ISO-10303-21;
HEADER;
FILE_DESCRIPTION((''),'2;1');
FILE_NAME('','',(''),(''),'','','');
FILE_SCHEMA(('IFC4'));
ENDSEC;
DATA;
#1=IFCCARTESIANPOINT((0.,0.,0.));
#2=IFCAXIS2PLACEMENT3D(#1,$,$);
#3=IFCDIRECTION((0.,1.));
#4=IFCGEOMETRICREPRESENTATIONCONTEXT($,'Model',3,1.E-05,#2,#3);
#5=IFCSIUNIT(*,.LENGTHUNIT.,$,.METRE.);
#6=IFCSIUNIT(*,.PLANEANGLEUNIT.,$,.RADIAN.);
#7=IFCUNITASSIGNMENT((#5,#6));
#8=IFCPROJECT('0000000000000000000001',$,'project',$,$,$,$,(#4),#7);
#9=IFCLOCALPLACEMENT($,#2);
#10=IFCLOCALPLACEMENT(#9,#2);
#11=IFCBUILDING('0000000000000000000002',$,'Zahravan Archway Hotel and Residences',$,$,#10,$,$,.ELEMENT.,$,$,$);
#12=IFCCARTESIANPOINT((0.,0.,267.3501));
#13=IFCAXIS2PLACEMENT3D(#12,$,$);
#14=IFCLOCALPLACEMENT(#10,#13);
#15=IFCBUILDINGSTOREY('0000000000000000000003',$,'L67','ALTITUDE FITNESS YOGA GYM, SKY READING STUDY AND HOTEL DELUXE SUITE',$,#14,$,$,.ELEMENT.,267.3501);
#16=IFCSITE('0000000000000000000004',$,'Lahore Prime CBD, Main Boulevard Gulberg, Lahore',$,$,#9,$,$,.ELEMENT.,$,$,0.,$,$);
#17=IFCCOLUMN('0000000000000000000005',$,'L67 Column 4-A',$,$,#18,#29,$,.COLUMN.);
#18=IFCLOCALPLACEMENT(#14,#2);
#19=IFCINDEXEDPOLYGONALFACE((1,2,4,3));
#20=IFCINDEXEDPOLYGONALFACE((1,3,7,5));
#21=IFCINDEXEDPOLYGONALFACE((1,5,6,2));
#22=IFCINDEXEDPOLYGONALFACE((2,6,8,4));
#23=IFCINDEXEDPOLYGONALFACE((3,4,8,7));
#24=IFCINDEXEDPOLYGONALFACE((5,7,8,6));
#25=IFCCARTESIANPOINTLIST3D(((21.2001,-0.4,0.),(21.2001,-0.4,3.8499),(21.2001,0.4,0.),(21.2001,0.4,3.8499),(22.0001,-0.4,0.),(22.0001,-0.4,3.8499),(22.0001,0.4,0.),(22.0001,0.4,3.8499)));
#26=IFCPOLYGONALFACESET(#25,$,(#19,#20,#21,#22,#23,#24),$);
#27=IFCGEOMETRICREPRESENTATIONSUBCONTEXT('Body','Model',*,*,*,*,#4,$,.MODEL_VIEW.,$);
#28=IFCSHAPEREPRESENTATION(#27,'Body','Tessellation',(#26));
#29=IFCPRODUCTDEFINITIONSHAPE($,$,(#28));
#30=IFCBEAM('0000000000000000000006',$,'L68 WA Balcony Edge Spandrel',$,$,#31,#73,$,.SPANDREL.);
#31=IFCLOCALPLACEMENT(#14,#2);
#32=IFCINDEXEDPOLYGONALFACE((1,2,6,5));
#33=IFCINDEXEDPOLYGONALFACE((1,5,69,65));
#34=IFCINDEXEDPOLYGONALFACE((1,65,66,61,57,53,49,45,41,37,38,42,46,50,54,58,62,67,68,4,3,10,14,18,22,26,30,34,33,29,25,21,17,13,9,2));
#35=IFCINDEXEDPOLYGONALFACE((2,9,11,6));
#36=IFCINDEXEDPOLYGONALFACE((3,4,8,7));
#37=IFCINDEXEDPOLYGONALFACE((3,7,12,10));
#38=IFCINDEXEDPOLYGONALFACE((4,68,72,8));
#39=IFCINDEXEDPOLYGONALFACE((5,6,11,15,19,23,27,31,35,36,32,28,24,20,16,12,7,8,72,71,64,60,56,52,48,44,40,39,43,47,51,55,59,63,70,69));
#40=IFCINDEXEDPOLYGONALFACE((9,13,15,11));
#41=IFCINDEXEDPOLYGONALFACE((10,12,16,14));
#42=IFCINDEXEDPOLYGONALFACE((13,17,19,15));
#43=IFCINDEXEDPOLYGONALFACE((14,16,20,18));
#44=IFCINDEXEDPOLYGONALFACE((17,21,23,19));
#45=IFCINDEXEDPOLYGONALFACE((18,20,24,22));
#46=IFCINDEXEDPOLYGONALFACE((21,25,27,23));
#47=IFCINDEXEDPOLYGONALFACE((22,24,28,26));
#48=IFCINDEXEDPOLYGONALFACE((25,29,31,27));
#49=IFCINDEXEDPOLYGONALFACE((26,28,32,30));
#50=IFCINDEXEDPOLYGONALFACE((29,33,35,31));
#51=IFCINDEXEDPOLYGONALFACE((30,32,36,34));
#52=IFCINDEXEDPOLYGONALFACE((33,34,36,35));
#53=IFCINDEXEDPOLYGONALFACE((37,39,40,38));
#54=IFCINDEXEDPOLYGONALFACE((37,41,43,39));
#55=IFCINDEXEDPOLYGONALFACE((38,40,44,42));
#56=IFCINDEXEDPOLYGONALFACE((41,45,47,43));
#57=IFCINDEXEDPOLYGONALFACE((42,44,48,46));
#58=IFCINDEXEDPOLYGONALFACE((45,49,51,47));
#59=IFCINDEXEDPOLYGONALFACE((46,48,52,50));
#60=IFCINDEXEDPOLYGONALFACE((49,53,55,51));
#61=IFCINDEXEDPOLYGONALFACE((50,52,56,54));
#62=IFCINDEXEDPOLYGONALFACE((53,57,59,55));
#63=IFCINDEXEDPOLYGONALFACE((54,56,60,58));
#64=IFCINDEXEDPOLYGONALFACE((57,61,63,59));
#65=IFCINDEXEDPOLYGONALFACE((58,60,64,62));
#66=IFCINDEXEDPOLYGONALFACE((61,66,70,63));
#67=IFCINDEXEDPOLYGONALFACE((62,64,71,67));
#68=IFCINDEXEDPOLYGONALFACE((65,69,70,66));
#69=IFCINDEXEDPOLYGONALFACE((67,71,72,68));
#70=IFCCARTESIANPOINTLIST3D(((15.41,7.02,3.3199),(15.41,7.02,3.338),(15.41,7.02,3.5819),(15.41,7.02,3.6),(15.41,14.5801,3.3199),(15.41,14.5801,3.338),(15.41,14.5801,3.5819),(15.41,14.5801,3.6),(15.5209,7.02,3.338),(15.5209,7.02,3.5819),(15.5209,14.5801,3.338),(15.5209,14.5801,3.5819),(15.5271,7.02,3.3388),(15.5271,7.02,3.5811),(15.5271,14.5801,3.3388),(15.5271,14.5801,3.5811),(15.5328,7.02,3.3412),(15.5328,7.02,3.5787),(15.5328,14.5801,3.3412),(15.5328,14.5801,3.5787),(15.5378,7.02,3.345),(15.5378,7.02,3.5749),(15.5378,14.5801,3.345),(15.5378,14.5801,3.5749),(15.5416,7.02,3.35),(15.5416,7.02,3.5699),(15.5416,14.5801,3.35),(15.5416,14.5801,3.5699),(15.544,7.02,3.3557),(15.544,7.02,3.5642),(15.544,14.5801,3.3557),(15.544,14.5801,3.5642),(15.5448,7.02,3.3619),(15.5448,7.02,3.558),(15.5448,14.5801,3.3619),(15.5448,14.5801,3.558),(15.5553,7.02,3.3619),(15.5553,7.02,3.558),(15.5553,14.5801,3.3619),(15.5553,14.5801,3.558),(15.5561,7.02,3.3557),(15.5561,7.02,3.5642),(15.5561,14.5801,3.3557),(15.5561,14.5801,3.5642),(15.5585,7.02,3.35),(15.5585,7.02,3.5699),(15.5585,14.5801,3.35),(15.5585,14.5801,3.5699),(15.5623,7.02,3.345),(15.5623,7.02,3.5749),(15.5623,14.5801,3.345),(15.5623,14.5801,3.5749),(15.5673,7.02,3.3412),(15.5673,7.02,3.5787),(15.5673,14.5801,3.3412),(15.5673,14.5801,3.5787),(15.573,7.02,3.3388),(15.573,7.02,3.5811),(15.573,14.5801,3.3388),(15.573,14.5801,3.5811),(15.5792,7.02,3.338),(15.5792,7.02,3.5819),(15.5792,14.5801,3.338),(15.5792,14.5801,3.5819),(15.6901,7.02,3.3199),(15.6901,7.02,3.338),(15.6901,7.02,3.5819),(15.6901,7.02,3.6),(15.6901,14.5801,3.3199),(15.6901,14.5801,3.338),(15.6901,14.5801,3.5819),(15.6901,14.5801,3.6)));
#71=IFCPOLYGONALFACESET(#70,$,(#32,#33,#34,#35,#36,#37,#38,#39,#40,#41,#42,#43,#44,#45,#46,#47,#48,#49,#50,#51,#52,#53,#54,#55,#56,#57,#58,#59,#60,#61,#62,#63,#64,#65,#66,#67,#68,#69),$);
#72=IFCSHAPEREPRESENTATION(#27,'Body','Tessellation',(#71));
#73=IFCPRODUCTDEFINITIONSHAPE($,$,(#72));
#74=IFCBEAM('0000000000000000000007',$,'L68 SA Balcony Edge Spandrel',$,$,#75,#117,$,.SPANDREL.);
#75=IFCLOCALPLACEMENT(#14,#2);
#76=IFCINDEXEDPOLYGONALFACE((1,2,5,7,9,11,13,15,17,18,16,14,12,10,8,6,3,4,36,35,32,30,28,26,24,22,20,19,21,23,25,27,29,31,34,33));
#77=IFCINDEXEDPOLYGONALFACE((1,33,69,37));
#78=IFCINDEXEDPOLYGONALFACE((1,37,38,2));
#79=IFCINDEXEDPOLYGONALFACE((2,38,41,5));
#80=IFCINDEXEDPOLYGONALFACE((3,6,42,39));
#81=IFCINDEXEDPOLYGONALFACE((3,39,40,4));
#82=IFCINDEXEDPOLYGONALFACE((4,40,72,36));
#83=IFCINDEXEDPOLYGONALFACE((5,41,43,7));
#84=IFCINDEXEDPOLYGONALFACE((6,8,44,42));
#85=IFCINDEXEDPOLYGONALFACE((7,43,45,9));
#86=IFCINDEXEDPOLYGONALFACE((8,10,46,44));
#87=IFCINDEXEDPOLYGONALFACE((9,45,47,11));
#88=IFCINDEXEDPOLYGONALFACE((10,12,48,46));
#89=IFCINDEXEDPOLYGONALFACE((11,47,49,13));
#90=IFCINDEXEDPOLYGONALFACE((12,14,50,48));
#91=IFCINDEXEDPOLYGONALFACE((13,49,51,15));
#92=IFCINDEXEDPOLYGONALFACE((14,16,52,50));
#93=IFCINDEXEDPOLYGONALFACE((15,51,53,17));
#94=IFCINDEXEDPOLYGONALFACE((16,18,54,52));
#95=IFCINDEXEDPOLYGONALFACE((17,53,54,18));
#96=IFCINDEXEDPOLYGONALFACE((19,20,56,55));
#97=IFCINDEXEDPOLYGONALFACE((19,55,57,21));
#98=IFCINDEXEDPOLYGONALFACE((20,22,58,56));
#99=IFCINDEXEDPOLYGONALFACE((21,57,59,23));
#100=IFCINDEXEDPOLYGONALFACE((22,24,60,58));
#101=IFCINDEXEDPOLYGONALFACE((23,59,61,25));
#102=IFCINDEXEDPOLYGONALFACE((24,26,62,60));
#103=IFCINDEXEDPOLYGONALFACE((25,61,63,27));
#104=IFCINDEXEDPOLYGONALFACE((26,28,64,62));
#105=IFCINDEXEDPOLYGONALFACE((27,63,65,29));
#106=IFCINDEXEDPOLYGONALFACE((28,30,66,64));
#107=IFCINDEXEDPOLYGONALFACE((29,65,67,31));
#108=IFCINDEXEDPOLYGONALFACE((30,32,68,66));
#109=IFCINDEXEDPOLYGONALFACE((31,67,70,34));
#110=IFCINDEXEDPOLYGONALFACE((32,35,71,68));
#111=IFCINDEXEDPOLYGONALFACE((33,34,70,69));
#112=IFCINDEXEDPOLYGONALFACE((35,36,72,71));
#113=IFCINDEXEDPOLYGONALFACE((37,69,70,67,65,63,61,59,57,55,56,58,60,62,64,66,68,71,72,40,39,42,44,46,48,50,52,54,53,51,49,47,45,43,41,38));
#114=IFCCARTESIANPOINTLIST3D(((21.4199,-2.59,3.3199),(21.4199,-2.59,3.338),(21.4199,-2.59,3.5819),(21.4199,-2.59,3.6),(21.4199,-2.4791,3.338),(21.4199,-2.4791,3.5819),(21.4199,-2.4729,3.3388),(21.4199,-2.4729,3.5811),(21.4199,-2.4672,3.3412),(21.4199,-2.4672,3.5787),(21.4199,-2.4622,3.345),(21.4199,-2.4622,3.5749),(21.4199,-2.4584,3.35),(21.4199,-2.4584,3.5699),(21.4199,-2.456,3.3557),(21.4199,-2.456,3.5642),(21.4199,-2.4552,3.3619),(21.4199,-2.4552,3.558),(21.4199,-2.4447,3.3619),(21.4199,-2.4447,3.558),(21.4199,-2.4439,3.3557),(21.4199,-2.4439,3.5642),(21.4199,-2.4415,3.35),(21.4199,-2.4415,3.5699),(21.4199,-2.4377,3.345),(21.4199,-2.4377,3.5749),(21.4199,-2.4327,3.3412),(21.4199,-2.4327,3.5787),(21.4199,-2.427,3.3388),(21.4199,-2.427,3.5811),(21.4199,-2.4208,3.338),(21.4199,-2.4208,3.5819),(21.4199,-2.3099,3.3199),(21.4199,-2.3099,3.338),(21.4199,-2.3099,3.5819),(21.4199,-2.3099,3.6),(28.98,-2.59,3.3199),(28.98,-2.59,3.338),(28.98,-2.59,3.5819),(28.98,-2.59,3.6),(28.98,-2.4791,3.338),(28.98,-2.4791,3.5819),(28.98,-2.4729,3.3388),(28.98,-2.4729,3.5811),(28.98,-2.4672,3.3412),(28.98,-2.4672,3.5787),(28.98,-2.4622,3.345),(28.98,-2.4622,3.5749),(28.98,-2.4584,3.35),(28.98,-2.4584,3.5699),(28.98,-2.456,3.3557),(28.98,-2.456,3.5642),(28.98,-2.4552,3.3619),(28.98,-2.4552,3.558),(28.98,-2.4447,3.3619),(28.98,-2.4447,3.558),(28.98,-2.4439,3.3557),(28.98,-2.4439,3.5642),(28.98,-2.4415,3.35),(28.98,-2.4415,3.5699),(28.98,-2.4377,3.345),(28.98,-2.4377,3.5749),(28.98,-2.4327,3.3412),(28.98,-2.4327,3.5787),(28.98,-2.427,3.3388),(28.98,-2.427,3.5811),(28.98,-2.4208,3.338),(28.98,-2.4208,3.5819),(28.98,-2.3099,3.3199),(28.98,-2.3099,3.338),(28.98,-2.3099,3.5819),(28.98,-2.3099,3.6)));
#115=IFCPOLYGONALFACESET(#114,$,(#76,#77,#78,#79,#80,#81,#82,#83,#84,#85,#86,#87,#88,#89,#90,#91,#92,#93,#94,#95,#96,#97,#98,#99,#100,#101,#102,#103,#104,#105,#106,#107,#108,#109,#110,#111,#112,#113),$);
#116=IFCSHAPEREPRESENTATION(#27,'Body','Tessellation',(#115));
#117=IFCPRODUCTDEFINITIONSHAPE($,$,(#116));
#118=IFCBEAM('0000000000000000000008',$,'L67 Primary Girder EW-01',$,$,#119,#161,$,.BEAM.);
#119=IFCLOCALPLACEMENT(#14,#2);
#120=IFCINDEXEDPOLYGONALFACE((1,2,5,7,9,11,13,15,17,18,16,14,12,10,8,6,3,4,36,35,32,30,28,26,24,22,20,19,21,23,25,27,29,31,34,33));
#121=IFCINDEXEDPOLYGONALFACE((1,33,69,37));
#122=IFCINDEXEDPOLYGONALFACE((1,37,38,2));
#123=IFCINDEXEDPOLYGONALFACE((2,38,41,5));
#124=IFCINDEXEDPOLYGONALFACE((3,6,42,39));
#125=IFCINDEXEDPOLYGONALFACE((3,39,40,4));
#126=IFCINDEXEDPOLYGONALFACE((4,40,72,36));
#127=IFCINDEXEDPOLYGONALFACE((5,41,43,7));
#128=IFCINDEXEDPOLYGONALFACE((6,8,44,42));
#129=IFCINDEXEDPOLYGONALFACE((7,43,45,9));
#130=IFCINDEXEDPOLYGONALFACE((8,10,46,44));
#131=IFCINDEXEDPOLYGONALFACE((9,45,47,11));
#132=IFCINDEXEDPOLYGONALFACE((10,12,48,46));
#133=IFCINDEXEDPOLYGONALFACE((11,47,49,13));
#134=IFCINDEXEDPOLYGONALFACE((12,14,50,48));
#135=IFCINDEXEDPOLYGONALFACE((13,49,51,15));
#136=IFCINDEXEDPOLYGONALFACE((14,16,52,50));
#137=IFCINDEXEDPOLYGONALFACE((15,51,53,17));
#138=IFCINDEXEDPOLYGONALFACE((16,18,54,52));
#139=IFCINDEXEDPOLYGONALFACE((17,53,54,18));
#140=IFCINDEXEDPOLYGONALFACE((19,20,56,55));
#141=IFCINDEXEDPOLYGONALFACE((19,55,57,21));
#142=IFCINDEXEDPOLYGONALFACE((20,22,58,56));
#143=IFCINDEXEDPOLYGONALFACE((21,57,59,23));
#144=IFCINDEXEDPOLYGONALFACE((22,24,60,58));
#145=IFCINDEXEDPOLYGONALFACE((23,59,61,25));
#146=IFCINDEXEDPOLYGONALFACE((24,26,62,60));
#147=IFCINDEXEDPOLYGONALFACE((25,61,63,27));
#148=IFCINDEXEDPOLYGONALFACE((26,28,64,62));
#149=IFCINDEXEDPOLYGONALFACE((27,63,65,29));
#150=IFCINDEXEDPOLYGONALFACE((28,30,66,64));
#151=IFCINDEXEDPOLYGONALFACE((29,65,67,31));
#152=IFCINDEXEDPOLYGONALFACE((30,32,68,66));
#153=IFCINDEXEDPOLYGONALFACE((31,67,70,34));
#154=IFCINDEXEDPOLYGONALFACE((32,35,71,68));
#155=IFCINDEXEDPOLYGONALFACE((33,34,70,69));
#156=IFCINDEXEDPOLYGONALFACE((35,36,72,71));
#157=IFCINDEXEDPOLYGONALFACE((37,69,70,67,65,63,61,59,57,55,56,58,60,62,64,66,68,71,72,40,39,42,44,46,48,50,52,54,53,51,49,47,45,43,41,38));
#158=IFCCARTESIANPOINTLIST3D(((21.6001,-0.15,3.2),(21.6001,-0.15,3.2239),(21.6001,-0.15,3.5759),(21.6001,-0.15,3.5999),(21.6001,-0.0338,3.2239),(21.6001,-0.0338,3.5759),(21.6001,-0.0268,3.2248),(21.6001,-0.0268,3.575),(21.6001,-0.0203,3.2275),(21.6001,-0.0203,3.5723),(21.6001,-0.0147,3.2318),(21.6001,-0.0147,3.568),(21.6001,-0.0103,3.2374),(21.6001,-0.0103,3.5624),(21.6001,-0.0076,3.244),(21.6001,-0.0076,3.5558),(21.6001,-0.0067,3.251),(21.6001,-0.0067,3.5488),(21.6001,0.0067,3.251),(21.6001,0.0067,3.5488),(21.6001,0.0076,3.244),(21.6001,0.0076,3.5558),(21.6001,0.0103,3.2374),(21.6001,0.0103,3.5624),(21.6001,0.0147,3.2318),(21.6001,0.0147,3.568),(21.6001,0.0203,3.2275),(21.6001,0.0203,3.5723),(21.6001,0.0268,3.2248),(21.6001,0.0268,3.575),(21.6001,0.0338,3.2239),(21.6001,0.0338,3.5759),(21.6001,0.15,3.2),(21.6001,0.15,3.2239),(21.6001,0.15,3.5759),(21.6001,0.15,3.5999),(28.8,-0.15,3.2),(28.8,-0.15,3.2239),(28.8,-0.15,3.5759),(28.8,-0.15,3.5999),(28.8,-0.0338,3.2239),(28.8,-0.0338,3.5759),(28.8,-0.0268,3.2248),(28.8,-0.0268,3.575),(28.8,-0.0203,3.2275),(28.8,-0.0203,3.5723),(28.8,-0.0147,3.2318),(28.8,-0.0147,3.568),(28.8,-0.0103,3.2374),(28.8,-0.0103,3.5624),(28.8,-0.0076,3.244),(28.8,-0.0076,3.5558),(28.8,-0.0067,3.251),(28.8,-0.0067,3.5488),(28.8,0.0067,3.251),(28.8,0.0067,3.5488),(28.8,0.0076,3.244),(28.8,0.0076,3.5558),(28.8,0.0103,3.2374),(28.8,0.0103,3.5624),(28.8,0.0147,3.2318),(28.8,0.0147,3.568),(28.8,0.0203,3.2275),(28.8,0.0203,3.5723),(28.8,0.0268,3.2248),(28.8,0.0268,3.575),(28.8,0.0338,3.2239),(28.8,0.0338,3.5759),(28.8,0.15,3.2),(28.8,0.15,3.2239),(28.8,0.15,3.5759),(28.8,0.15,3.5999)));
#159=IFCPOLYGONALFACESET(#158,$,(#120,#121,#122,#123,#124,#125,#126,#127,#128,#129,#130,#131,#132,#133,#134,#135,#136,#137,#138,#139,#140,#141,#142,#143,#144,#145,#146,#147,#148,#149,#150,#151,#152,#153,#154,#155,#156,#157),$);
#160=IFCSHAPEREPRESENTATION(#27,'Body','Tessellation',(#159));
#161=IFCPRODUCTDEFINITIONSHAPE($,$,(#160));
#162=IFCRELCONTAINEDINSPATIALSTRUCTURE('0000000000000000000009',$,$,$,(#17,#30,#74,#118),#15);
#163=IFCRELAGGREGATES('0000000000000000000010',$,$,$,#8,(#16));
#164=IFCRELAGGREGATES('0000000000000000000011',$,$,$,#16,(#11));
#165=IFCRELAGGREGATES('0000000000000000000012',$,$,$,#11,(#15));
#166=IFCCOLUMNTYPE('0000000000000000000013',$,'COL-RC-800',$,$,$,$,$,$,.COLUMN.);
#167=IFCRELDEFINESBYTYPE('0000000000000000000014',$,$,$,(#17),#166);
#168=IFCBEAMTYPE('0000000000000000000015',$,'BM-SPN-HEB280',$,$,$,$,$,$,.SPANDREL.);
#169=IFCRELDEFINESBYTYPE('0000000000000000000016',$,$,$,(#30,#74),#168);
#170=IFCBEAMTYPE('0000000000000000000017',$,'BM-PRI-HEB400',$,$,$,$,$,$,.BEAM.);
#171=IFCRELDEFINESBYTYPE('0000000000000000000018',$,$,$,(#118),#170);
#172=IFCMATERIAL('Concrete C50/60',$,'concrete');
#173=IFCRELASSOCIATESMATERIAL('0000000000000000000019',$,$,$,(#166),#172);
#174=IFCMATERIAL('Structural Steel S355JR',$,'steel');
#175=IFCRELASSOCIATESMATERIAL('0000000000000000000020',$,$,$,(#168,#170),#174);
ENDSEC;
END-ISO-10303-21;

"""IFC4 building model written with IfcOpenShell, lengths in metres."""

from ifc_helpers import new_model, si_unit, direction, frame, origin, origin_2d, place, context, subcontext, project, spatial, rectangle, i_section, extrude, source, transform, mapped, material, material_profile, profile_set, type_object, type_shapes, element, save


model = new_model("IFC4")

# Units and contexts
model_context = context("Model", 3, precision=1e-05, world=origin(), true_north=direction((0.0, 1.0)))
body_context = subcontext(model_context, "Body", "Model", "MODEL_VIEW")
ifc_project = project(units=[si_unit("LENGTHUNIT", "METRE"), si_unit("PLANEANGLEUNIT", "RADIAN")], contexts=[model_context])

# Site, building, storey
site_placement = place(None, origin())
site = spatial("IfcSite", under=ifc_project, at=site_placement, Name="Lahore Prime CBD, Main Boulevard Gulberg, Lahore", CompositionType="ELEMENT", RefElevation=0.0)
building_placement = place(site_placement, origin())
building = spatial("IfcBuilding", under=site, at=building_placement, Name="Zahravan Archway Hotel and Residences", CompositionType="ELEMENT")
storey_placement = place(building_placement, frame((0.0, 0.0, 267.3501)))
storey = spatial("IfcBuildingStorey", under=building, at=storey_placement, Name="L67", Description="ALTITUDE FITNESS YOGA GYM, SKY READING STUDY AND HOTEL DELUXE SUITE", CompositionType="ELEMENT", Elevation=267.3501)

# Column
ifc_material_1 = material(Name="Concrete C50/60", Category="concrete")
ifc_material_profile_1 = material_profile(ifc_material_1, rectangle(XDim=0.8, YDim=0.8, at=origin_2d()), Name="RC-COL-800x800", Category="concrete")
ifc_profile_set_1 = profile_set([ifc_material_profile_1], Name="Concrete C50/60")
column_type = type_object("IfcColumnType", Name="COL-RC-800", PredefinedType="COLUMN", material=ifc_profile_set_1)
shared_shape_1 = source(origin(), body_context, "Body", "SweptSolid", [
    extrude(rectangle(XDim=0.8, YDim=0.8, at=origin_2d()), origin(), (0.0, 0.0, 1.0), 3.8499),
])
column_placement = place(storey_placement, frame((21.6001, 0.0, 0.0), z_axis=(0.0, 0.0, 1.0), x_axis=(1.0, 0.0, 0.0)))
element("IfcColumn", 1, at=column_placement, inside=storey, type_object=column_type, Name="L67 Column 4-A", PredefinedType="COLUMN", context=body_context, shape_type="MappedRepresentation", body=[
    mapped(shared_shape_1, transform((0.0, 0.0, 0.0), scale=1.0)),
])

# Beams
ifc_material_2 = material(Name="Structural Steel S355JR", Category="steel")
ifc_material_profile_2 = material_profile(ifc_material_2, i_section(OverallWidth=0.28, OverallDepth=0.28, WebThickness=0.0105, FlangeThickness=0.0181, FilletRadius=0.0239, at=origin_2d()), Name="HEB 280", Category="steel")
ifc_profile_set_2 = profile_set([ifc_material_profile_2], Name="Structural Steel S355JR")
beam_type_1 = type_object("IfcBeamType", Name="BM-SPN-HEB280", PredefinedType="SPANDREL", material=ifc_profile_set_2)
shared_shape_2 = source(origin(), body_context, "Body", "SweptSolid", [
    extrude(i_section(OverallWidth=0.28, OverallDepth=0.28, WebThickness=0.0105, FlangeThickness=0.0181, FilletRadius=0.0239, at=origin_2d()), origin(), (0.0, 0.0, 1.0), 7.5601),
])
type_shapes(beam_type_1, [shared_shape_2])
for number, where, z_axis, x_axis, name in (
    (2, (15.55, 7.02, 3.46), (0.0, 1.0, 0.0), (-1.0, 0.0, 0.0), "L68 WA Balcony Edge Spandrel"),
    (3, (21.4199, -2.45, 3.46), (1.0, 0.0, 0.0), (0.0, 1.0, 0.0), "L68 SA Balcony Edge Spandrel"),
):
    element("IfcBeam", number, at=place(storey_placement, frame(where, z_axis=z_axis, x_axis=x_axis)), inside=storey, type_object=beam_type_1, Name=name, PredefinedType="SPANDREL", context=body_context, shape_type="MappedRepresentation", body=[
        mapped(shared_shape_2, transform((0.0, 0.0, 0.0), scale=1.0)),
    ])
ifc_material_profile_3 = material_profile(ifc_material_2, i_section(OverallWidth=0.3, OverallDepth=0.3999, WebThickness=0.0134, FlangeThickness=0.0239, FilletRadius=0.0271, at=origin_2d()), Name="HEB 400", Category="steel")
ifc_profile_set_3 = profile_set([ifc_material_profile_3], Name="Structural Steel S355JR")
beam_type_2 = type_object("IfcBeamType", Name="BM-PRI-HEB400", PredefinedType="BEAM", material=ifc_profile_set_3)
shared_shape_3 = source(origin(), body_context, "Body", "SweptSolid", [
    extrude(i_section(OverallWidth=0.3, OverallDepth=0.3999, WebThickness=0.0134, FlangeThickness=0.0239, FilletRadius=0.0271, at=origin_2d()), origin(), (0.0, 0.0, 1.0), 7.2),
])
type_shapes(beam_type_2, [shared_shape_3])
beam_1_placement = place(storey_placement, frame((21.6001, 0.0, 3.3999), z_axis=(1.0, 0.0, 0.0), x_axis=(0.0, 1.0, 0.0)))
element("IfcBeam", 4, at=beam_1_placement, inside=storey, type_object=beam_type_2, Name="L67 Primary Girder EW-01", PredefinedType="BEAM", context=body_context, shape_type="MappedRepresentation", body=[
    mapped(shared_shape_3, transform((0.0, 0.0, 0.0), scale=1.0)),
])

save(model, "model.ifc")
